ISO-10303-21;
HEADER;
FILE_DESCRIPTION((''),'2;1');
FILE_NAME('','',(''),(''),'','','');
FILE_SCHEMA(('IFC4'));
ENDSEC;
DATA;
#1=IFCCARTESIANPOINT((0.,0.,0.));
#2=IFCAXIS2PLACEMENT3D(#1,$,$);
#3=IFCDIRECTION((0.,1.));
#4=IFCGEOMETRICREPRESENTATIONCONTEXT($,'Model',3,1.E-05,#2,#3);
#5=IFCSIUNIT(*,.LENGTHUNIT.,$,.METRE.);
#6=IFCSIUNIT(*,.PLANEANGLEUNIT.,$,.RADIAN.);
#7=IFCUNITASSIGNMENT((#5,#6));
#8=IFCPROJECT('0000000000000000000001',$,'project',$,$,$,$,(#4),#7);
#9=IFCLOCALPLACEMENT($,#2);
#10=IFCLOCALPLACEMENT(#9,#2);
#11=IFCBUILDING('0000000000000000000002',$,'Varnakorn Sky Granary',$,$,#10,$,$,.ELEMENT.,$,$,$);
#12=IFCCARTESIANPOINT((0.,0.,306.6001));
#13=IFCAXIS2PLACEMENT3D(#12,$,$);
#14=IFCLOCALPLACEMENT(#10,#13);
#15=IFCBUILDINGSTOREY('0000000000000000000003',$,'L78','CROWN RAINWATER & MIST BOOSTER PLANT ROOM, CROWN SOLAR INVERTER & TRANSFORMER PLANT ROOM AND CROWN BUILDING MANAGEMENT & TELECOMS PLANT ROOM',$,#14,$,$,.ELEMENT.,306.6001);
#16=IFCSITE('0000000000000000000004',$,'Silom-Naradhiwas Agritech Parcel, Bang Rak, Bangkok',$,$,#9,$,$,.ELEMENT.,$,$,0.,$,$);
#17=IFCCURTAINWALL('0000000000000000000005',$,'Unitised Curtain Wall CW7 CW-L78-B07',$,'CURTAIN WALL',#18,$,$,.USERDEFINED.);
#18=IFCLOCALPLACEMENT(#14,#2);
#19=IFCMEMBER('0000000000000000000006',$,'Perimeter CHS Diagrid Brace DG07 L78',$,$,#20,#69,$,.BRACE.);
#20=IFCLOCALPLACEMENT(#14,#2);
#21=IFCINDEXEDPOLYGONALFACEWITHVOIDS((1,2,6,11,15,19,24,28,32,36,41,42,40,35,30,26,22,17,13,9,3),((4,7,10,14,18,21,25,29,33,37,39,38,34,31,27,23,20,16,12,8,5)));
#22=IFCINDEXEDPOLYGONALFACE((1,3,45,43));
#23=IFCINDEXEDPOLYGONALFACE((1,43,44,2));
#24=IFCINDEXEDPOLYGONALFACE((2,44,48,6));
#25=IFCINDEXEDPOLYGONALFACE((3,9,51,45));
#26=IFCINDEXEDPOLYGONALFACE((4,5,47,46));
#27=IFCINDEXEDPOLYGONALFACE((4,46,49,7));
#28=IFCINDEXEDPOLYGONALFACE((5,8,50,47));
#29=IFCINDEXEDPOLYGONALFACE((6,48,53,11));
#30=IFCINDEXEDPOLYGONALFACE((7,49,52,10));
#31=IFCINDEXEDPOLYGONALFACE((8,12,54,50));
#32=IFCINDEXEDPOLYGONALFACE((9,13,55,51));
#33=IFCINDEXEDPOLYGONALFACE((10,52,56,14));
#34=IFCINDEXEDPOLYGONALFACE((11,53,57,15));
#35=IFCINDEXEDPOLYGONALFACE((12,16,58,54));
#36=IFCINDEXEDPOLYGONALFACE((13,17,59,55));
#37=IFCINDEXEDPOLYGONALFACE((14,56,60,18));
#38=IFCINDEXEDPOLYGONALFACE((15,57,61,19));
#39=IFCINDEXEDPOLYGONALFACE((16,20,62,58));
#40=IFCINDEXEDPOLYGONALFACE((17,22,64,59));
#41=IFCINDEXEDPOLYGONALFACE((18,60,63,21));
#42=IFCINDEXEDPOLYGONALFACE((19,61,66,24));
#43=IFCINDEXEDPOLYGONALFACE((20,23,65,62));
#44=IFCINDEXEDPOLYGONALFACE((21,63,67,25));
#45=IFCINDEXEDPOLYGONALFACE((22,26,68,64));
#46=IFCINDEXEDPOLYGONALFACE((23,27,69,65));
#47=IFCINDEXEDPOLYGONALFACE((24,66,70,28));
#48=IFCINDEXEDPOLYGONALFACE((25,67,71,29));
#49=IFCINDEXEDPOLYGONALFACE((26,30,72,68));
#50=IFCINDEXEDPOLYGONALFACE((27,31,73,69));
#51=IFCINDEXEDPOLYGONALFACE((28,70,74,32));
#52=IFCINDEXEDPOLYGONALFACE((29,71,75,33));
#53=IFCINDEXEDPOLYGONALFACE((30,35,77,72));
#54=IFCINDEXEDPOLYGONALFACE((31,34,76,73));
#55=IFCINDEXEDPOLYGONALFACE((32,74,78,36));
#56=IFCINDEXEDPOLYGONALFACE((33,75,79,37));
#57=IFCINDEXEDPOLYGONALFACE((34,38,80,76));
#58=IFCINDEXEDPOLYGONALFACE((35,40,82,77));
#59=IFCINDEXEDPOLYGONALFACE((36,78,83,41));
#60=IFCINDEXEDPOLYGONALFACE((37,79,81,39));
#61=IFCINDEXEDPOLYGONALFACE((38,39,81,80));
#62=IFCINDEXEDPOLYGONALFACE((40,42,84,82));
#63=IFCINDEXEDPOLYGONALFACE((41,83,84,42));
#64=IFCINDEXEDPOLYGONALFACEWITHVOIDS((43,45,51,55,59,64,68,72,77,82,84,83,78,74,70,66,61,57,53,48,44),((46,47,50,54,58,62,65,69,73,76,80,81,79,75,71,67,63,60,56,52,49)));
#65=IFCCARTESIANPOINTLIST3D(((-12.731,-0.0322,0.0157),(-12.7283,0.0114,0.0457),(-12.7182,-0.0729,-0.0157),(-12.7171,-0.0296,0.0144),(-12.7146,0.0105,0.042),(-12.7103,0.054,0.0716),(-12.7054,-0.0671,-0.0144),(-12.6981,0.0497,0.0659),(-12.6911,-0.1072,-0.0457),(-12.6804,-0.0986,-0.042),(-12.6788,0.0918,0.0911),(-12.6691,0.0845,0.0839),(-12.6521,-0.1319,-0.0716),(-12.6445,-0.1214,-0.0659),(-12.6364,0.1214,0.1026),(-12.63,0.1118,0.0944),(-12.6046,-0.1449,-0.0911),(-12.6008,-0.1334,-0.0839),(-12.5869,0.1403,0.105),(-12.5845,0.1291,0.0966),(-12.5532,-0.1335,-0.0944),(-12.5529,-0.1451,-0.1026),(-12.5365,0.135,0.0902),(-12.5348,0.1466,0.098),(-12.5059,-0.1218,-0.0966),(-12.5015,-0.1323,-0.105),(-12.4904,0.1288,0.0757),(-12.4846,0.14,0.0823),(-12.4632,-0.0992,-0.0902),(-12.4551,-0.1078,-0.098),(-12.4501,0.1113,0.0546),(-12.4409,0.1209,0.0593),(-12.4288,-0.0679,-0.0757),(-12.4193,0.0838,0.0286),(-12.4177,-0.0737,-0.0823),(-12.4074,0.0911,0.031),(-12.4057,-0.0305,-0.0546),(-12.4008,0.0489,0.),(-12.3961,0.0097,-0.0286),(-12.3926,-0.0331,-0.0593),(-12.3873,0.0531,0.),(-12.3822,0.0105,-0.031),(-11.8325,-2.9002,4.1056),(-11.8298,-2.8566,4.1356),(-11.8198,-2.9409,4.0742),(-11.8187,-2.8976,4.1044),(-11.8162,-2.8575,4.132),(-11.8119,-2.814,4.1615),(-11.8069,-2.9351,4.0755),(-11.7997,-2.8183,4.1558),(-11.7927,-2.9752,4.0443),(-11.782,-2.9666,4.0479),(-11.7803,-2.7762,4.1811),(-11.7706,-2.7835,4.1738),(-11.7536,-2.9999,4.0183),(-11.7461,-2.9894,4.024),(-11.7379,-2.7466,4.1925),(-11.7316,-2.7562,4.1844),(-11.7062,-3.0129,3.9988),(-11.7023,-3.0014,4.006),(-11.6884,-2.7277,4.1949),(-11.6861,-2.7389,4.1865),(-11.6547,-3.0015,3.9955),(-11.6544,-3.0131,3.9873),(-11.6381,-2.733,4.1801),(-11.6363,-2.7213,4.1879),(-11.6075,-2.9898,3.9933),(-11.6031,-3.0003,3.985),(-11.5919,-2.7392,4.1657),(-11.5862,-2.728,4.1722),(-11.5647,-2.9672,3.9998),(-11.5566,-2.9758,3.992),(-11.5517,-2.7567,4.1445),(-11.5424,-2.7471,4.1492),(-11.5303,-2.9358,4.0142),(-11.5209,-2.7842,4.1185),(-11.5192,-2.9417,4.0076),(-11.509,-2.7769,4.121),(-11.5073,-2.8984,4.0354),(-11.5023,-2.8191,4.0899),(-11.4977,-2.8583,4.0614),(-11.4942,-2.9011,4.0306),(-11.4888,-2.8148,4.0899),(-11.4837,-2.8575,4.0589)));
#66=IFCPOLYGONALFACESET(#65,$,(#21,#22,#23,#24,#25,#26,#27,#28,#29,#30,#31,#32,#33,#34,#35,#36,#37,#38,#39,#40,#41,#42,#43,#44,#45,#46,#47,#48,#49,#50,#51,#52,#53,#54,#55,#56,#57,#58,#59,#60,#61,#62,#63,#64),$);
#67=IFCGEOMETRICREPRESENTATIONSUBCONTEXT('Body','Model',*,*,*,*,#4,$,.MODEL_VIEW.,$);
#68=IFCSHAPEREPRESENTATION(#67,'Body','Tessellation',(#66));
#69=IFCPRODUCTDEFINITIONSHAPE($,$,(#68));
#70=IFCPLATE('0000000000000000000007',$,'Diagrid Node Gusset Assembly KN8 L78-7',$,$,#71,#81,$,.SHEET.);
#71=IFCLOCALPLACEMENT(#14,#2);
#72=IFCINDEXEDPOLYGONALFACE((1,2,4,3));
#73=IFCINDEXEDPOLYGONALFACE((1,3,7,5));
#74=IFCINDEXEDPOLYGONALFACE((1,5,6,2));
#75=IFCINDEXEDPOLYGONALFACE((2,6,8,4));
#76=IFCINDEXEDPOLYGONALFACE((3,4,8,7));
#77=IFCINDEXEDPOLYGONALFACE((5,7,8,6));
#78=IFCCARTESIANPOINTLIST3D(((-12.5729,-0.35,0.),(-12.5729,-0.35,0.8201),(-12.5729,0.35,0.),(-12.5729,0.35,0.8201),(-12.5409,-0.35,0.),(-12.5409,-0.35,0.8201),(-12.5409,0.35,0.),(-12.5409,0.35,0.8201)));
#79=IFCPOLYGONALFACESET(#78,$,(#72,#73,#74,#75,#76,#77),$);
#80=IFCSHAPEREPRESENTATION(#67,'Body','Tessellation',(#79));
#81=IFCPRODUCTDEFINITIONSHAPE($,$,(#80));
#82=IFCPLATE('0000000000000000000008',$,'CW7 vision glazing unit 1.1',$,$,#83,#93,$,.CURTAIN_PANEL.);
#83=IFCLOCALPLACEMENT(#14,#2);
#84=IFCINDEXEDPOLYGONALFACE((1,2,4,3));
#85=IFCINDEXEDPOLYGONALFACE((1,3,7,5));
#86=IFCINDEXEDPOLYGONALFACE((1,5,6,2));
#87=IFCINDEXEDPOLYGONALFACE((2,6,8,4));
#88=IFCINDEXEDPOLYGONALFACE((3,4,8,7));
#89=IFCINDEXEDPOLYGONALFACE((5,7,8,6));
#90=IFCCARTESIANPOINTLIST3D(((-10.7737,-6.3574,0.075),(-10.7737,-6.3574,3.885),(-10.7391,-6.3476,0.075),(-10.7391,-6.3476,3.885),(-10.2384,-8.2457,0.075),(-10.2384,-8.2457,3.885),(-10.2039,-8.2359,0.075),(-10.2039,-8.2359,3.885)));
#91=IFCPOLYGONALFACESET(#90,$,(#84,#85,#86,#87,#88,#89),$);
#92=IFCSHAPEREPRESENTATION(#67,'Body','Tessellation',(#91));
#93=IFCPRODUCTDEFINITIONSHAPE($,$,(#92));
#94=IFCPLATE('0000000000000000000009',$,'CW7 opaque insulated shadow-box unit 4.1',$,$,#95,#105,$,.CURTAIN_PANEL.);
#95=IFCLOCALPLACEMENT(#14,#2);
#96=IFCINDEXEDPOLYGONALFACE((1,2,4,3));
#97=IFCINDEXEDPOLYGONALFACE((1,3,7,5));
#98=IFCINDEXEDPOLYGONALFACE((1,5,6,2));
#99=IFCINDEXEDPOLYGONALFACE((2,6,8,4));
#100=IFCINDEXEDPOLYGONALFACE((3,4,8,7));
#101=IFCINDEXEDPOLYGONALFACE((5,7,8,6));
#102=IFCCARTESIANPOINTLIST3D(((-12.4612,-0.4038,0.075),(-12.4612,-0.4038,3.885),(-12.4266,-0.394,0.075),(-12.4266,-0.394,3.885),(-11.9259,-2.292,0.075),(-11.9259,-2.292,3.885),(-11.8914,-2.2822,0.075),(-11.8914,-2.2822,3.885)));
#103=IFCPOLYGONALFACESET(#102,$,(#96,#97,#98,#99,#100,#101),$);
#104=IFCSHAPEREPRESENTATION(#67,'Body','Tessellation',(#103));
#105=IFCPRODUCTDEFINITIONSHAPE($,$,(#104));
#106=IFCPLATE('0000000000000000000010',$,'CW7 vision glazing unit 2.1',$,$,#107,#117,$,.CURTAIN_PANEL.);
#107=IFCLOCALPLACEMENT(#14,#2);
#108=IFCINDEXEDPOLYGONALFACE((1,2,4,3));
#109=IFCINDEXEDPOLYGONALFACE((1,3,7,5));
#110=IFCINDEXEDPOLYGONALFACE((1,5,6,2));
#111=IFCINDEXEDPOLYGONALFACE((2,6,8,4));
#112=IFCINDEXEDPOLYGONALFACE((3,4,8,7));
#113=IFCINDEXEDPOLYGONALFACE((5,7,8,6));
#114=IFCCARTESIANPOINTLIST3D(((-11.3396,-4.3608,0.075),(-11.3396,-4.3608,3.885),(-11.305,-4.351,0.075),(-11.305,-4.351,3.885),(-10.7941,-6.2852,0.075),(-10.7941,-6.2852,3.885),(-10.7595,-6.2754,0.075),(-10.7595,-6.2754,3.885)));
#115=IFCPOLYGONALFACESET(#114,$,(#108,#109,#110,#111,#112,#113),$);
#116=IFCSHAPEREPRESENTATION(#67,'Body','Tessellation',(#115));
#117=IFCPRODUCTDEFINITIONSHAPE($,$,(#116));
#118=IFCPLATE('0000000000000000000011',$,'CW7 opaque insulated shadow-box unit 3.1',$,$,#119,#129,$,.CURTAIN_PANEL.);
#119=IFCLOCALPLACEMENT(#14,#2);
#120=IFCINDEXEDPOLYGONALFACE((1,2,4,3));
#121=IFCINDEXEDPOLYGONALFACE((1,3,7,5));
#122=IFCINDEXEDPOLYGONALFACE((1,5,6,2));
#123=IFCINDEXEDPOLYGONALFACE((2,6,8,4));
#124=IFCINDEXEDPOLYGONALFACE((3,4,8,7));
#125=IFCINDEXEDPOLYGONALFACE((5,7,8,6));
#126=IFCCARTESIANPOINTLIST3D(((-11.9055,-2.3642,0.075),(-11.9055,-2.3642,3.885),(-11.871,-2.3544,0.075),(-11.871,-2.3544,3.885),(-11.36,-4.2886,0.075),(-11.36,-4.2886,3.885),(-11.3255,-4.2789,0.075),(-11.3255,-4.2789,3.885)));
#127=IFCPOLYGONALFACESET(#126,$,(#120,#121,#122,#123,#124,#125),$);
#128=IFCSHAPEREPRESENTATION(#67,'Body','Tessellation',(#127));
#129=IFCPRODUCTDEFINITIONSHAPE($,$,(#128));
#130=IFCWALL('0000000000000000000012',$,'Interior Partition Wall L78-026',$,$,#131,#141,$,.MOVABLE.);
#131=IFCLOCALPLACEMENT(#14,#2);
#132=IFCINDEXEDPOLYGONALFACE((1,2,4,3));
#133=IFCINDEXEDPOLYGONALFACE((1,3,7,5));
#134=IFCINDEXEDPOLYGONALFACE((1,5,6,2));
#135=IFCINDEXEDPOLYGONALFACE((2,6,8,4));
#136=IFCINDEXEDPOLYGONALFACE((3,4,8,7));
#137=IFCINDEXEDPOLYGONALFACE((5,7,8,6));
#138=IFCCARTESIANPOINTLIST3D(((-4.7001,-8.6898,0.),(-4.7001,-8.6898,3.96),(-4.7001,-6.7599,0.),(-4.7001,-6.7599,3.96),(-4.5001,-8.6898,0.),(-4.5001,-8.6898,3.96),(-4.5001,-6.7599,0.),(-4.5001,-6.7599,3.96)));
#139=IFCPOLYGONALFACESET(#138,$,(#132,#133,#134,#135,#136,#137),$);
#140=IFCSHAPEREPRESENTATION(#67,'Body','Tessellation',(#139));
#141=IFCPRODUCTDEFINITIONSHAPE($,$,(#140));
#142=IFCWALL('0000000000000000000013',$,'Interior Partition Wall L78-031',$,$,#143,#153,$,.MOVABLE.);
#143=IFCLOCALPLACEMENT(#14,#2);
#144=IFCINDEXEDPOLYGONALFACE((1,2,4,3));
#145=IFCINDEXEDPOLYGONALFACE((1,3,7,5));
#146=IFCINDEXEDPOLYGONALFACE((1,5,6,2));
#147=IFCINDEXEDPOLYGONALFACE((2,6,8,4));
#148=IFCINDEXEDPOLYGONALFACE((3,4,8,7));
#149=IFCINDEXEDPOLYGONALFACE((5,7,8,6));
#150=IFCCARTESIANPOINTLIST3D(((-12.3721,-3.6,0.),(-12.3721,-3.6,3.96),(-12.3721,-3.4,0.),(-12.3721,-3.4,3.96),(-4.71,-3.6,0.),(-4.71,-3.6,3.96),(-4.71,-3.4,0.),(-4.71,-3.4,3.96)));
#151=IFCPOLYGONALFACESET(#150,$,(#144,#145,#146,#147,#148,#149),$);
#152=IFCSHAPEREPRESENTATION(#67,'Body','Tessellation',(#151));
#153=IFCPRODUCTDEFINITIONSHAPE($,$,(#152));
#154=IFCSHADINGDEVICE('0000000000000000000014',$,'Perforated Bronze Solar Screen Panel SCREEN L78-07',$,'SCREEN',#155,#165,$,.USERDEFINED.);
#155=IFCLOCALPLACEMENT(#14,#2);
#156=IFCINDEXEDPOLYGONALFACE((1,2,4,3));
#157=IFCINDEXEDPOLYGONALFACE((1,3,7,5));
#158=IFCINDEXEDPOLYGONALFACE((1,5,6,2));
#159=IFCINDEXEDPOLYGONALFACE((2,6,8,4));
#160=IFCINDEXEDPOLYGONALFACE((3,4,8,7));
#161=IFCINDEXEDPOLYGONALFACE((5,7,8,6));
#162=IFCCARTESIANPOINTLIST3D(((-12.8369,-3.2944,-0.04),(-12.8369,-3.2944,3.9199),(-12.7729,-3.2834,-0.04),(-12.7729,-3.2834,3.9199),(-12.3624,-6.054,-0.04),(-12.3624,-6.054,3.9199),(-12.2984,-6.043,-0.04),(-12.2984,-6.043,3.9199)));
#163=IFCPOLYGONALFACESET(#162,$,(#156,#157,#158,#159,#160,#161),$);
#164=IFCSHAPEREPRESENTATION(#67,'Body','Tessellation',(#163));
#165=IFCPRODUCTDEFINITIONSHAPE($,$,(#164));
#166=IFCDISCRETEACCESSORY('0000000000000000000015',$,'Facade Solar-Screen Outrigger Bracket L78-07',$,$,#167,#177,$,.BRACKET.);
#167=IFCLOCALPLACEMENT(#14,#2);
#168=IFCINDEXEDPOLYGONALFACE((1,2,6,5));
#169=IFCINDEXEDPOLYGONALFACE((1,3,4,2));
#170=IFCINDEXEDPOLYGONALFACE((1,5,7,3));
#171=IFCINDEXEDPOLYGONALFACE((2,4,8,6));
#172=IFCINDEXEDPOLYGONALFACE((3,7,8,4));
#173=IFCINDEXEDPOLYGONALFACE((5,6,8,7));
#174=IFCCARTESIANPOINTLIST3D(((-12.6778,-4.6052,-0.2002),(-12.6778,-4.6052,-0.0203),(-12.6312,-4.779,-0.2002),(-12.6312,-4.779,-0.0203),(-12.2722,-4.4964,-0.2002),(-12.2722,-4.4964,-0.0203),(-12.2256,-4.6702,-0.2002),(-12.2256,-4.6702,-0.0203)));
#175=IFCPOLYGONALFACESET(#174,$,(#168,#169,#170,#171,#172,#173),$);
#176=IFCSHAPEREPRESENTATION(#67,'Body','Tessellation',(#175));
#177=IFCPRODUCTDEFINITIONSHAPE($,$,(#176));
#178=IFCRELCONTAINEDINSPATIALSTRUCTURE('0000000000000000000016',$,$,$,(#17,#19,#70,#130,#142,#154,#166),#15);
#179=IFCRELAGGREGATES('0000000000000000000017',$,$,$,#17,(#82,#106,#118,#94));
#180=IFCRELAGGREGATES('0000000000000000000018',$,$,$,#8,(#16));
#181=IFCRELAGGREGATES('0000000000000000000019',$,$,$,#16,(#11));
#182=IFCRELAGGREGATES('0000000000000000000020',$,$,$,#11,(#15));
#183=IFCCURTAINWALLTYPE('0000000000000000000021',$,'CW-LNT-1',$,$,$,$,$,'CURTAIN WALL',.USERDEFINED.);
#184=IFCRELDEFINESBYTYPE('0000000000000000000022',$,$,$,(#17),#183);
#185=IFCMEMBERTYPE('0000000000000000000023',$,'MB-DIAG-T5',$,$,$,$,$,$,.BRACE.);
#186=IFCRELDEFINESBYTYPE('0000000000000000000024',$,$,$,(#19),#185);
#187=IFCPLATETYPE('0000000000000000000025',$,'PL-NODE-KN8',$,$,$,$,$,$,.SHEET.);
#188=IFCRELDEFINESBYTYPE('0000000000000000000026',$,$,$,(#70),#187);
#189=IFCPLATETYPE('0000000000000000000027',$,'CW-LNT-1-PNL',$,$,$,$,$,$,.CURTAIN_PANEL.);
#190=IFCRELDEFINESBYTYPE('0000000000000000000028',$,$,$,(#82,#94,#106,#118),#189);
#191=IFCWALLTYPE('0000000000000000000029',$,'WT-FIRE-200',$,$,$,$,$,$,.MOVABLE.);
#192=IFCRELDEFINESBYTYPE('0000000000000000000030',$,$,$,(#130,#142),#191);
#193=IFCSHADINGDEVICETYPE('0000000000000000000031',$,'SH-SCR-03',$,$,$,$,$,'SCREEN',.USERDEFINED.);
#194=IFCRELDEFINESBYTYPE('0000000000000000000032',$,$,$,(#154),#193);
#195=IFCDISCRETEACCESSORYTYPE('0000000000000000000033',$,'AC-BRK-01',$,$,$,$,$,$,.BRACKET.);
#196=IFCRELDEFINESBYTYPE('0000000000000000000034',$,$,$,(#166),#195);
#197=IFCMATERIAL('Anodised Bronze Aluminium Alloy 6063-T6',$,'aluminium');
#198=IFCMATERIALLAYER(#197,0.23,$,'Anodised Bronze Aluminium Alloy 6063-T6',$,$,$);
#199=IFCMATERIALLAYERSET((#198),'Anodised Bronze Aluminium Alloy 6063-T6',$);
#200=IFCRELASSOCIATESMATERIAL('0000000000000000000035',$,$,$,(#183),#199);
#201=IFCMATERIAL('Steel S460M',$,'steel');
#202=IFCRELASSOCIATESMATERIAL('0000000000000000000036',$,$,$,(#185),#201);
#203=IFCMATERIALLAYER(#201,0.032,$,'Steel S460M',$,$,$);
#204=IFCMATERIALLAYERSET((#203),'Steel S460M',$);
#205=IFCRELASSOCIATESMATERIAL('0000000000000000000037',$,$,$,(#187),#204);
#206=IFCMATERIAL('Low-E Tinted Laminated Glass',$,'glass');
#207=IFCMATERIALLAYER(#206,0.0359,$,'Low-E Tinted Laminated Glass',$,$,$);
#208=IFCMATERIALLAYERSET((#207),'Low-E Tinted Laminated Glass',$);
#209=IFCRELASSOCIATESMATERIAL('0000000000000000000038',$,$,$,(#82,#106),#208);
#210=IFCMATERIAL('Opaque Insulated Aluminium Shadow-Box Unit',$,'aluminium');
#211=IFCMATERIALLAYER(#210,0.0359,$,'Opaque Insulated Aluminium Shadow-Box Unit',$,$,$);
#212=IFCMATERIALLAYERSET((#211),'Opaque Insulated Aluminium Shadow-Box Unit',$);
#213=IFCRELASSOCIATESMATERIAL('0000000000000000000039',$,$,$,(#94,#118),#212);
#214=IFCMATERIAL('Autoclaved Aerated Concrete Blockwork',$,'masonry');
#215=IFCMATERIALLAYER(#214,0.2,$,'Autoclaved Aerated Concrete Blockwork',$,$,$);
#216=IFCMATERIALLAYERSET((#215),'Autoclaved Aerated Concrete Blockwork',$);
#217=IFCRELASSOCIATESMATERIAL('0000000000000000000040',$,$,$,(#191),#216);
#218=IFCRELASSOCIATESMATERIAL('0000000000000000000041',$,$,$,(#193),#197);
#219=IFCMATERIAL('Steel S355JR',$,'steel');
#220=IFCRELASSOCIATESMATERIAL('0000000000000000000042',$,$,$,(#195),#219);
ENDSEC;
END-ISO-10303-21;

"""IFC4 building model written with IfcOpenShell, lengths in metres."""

from ifc_helpers import new_model, si_unit, direction, frame, frame_2d, origin, origin_2d, place, context, subcontext, project, spatial, rectangle, hollow_circle, extrude, source, transform, mapped, material, layer, layer_set, material_profile, profile_set, type_object, type_shapes, element, aggregate, save


model = new_model("IFC4")

# Units and contexts
model_context = context("Model", 3, precision=1e-05, world=origin(), true_north=direction((0.0, 1.0)))
body_context = subcontext(model_context, "Body", "Model", "MODEL_VIEW")
ifc_project = project(units=[si_unit("LENGTHUNIT", "METRE"), si_unit("PLANEANGLEUNIT", "RADIAN")], contexts=[model_context])

# Site, building, storey
site_placement = place(None, origin())
site = spatial("IfcSite", under=ifc_project, at=site_placement, Name="Silom-Naradhiwas Agritech Parcel, Bang Rak, Bangkok", CompositionType="ELEMENT", RefElevation=0.0)
building_placement = place(site_placement, origin())
building = spatial("IfcBuilding", under=site, at=building_placement, Name="Varnakorn Sky Granary", CompositionType="ELEMENT")
storey_placement = place(building_placement, frame((0.0, 0.0, 306.6001)))
storey = spatial("IfcBuildingStorey", under=building, at=storey_placement, Name="L78", Description="CROWN RAINWATER & MIST BOOSTER PLANT ROOM, CROWN SOLAR INVERTER & TRANSFORMER PLANT ROOM AND CROWN BUILDING MANAGEMENT & TELECOMS PLANT ROOM", CompositionType="ELEMENT", Elevation=306.6001)

# Shared definitions
ifc_material_1 = material(Name="Steel S460M", Category="steel")

# Shared definitions
ifc_material_2 = material(Name="Steel S355JR", Category="steel")

# Curtain wall
ifc_material_3 = material(Name="Anodised Bronze Aluminium Alloy 6063-T6", Category="aluminium")
ifc_layer_1 = layer(ifc_material_3, 0.23, Name="Anodised Bronze Aluminium Alloy 6063-T6")
ifc_layer_set_1 = layer_set([ifc_layer_1], Name="Anodised Bronze Aluminium Alloy 6063-T6")
curtain_wall_type = type_object("IfcCurtainWallType", Name="CW-LNT-1", ElementType="CURTAIN WALL", PredefinedType="USERDEFINED", material=ifc_layer_set_1)
curtain_wall_placement = place(storey_placement, origin())
curtain_wall = element("IfcCurtainWall", 1, at=curtain_wall_placement, inside=storey, type_object=curtain_wall_type, Name="Unitised Curtain Wall CW7 CW-L78-B07", ObjectType="CURTAIN WALL", PredefinedType="USERDEFINED")

# Member
ifc_material_profile_1 = material_profile(ifc_material_1, hollow_circle(Radius=0.1777, WallThickness=0.0142, at=origin_2d()), Name="CHS 355.6x14")
ifc_profile_set_1 = profile_set([ifc_material_profile_1], Name="Steel S460M")
member_type_1 = type_object("IfcMemberType", Name="MB-DIAG-T5", PredefinedType="BRACE", material=ifc_profile_set_1)
for number, where, z_axis, x_axis, name in (
    (2, (-12.5569, 0.0, 0.0), (0.177021, -0.565071, 0.805828), (0.95427, 0.298946, 0.0), "Perimeter CHS Diagrid Brace DG07 L78"),
):
    element("IfcMember", number, at=place(storey_placement, frame(where, z_axis=z_axis, x_axis=x_axis)), inside=storey, type_object=member_type_1, Name=name, PredefinedType="BRACE", context=body_context, shape_type="SweptSolid", body=[
        extrude(hollow_circle(Radius=0.1777, WallThickness=0.0142, at=origin_2d()), origin(), (0.0, 0.0, 1.0), 5.0754),
    ])

# Plates
ifc_layer_2 = layer(ifc_material_1, 0.032, Name="Steel S460M")
ifc_layer_set_2 = layer_set([ifc_layer_2], Name="Steel S460M")
plate_type_1 = type_object("IfcPlateType", Name="PL-NODE-KN8", PredefinedType="SHEET", material=ifc_layer_set_2)
plate_1_placement = place(storey_placement, frame((-12.5569, 0.0, 0.0), z_axis=(0.0, 0.0, 1.0), x_axis=(0.0, -1.0, 0.0)))
element("IfcPlate", 3, at=plate_1_placement, inside=storey, type_object=plate_type_1, Name="Diagrid Node Gusset Assembly KN8 L78-7", PredefinedType="SHEET", context=body_context, shape_type="SweptSolid", body=[
    extrude(rectangle(XDim=0.7, YDim=0.032, at=origin_2d()), origin(), (0.0, 0.0, 1.0), 0.8201),
])
ifc_material_4 = material(Name="Low-E Tinted Laminated Glass", Category="glass")
ifc_layer_3 = layer(ifc_material_4, 0.0359, Name="Low-E Tinted Laminated Glass")
ifc_layer_set_3 = layer_set([ifc_layer_3], Name="Low-E Tinted Laminated Glass")
plate_type_2 = type_object("IfcPlateType", Name="CW-LNT-1-PNL", PredefinedType="CURTAIN_PANEL")
shared_shape_1 = source(origin(), body_context, "Body", "SweptSolid", [
    extrude(rectangle(XDim=1.9626, YDim=0.0359, at=origin_2d()), origin(), (0.0, 0.0, 1.0), 3.8101),
])
plate_2_placement = place(storey_placement, frame((-10.4888, -7.2966, 0.075), z_axis=(0.0, 0.0, 1.0), x_axis=(-0.272716, 0.962095, 0.0)))
plate_2 = element("IfcPlate", 4, at=plate_2_placement, type_object=plate_type_2, material=ifc_layer_set_3, Name="CW7 vision glazing unit 1.1", PredefinedType="CURTAIN_PANEL", context=body_context, shape_type="MappedRepresentation", body=[
    mapped(shared_shape_1, transform((0.0, 0.0, 0.0), x_axis=(1.0, 0.0, 0.0), y_axis=(0.0, 1.0, 0.0), z_axis=(0.0, 0.0, 1.0), scale=1.0)),
])
ifc_material_5 = material(Name="Opaque Insulated Aluminium Shadow-Box Unit", Category="aluminium")
ifc_layer_4 = layer(ifc_material_5, 0.0359, Name="Opaque Insulated Aluminium Shadow-Box Unit")
ifc_layer_set_4 = layer_set([ifc_layer_4], Name="Opaque Insulated Aluminium Shadow-Box Unit")
plate_3_placement = place(storey_placement, frame((-12.1763, -1.343, 0.075), z_axis=(0.0, 0.0, 1.0), x_axis=(-0.272716, 0.962095, 0.0)))
plate_3 = element("IfcPlate", 5, at=plate_3_placement, type_object=plate_type_2, material=ifc_layer_set_4, Name="CW7 opaque insulated shadow-box unit 4.1", PredefinedType="CURTAIN_PANEL", context=body_context, shape_type="MappedRepresentation", body=[
    mapped(shared_shape_1, transform((0.0, 0.0, 0.0), x_axis=(1.0, 0.0, 0.0), y_axis=(0.0, 1.0, 0.0), z_axis=(0.0, 0.0, 1.0), scale=1.0)),
])
shared_shape_2 = source(origin(), body_context, "Body", "SweptSolid", [
    extrude(rectangle(XDim=2.0002, YDim=0.0359, at=origin_2d()), origin(), (0.0, 0.0, 1.0), 3.8101),
])
type_shapes(plate_type_2, [shared_shape_1, shared_shape_2])
plate_4_placement = place(storey_placement, frame((-11.0496, -5.3181, 0.075), z_axis=(0.0, 0.0, 1.0), x_axis=(-0.272716, 0.962095, 0.0)))
plate_4 = element("IfcPlate", 6, at=plate_4_placement, type_object=plate_type_2, material=ifc_layer_set_3, Name="CW7 vision glazing unit 2.1", PredefinedType="CURTAIN_PANEL", context=body_context, shape_type="MappedRepresentation", body=[
    mapped(shared_shape_2, transform((0.0, 0.0, 0.0), x_axis=(1.0, 0.0, 0.0), y_axis=(0.0, 1.0, 0.0), z_axis=(0.0, 0.0, 1.0), scale=1.0)),
])
plate_5_placement = place(storey_placement, frame((-11.6155, -3.3215, 0.075), z_axis=(0.0, 0.0, 1.0), x_axis=(-0.272716, 0.962095, 0.0)))
plate_5 = element("IfcPlate", 7, at=plate_5_placement, type_object=plate_type_2, material=ifc_layer_set_4, Name="CW7 opaque insulated shadow-box unit 3.1", PredefinedType="CURTAIN_PANEL", context=body_context, shape_type="MappedRepresentation", body=[
    mapped(shared_shape_2, transform((0.0, 0.0, 0.0), x_axis=(1.0, 0.0, 0.0), y_axis=(0.0, 1.0, 0.0), z_axis=(0.0, 0.0, 1.0), scale=1.0)),
])
aggregate(curtain_wall, [plate_2, plate_4, plate_5, plate_3])

# Walls
ifc_material_6 = material(Name="Autoclaved Aerated Concrete Blockwork", Category="masonry")
ifc_layer_5 = layer(ifc_material_6, 0.2, Name="Autoclaved Aerated Concrete Blockwork")
ifc_layer_set_5 = layer_set([ifc_layer_5], Name="Autoclaved Aerated Concrete Blockwork")
wall_type = type_object("IfcWallType", Name="WT-FIRE-200", PredefinedType="MOVABLE", material=ifc_layer_set_5)
wall_1_placement = place(storey_placement, frame((-4.6001, -6.76, 0.0), z_axis=(0.0, 0.0, 1.0), x_axis=(0.0, -1.0, 0.0)))
element("IfcWall", 8, at=wall_1_placement, inside=storey, type_object=wall_type, Name="Interior Partition Wall L78-026", PredefinedType="MOVABLE", context=body_context, shape_type="SweptSolid", body=[
    extrude(rectangle(XDim=1.9299, YDim=0.2, at=frame_2d((0.9648, 0.0))), origin(), (0.0, 0.0, 1.0), 3.96),
])
wall_2_placement = place(storey_placement, frame((-4.71, -3.5, 0.0), z_axis=(0.0, 0.0, 1.0), x_axis=(-1.0, 0.0, 0.0)))
element("IfcWall", 9, at=wall_2_placement, inside=storey, type_object=wall_type, Name="Interior Partition Wall L78-031", PredefinedType="MOVABLE", context=body_context, shape_type="SweptSolid", body=[
    extrude(rectangle(XDim=7.6621, YDim=0.2, at=frame_2d((3.8311, 0.0))), origin(), (0.0, 0.0, 1.0), 3.96),
])

# Shading device
shading_device_type = type_object("IfcShadingDeviceType", Name="SH-SCR-03", ElementType="SCREEN", PredefinedType="USERDEFINED", material=ifc_material_3)
shared_shape_3 = source(origin(), body_context, "Body", "SweptSolid", [
    extrude(rectangle(XDim=2.8, YDim=0.0649, at=origin_2d()), origin(), (0.0, 0.0, 1.0), 3.96),
])
type_shapes(shading_device_type, [shared_shape_3])
shading_device_placement = place(storey_placement, frame((-12.5676, -4.6687, -0.04), z_axis=(0.0, 0.0, 1.0), x_axis=(0.169445, -0.98554, 0.0)))
element("IfcShadingDevice", 10, at=shading_device_placement, inside=storey, type_object=shading_device_type, Name="Perforated Bronze Solar Screen Panel SCREEN L78-07", ObjectType="SCREEN", PredefinedType="USERDEFINED", context=body_context, shape_type="MappedRepresentation", body=[
    mapped(shared_shape_3, transform((0.0, 0.0, 0.0), x_axis=(1.0, 0.0, 0.0), y_axis=(0.0, 1.0, 0.0), z_axis=(0.0, 0.0, 1.0), scale=1.0)),
])

# Discrete accessory
discrete_accessory_type = type_object("IfcDiscreteAccessoryType", Name="AC-BRK-01", PredefinedType="BRACKET", material=ifc_material_2)
shared_shape_4 = source(origin(), body_context, "Body", "SweptSolid", [
    extrude(rectangle(XDim=0.1799, YDim=0.4199, at=origin_2d()), origin(), (0.0, 0.0, 1.0), 0.1799),
])
type_shapes(discrete_accessory_type, [shared_shape_4])
discrete_accessory_placement = place(storey_placement, frame((-12.4517, -4.6377, -0.2002), z_axis=(0.0, 0.0, 1.0), x_axis=(0.258912, -0.965901, 0.0)))
element("IfcDiscreteAccessory", 11, at=discrete_accessory_placement, inside=storey, type_object=discrete_accessory_type, Name="Facade Solar-Screen Outrigger Bracket L78-07", PredefinedType="BRACKET", context=body_context, shape_type="MappedRepresentation", body=[
    mapped(shared_shape_4, transform((0.0, 0.0, 0.0), x_axis=(1.0, 0.0, 0.0), y_axis=(0.0, 1.0, 0.0), z_axis=(0.0, 0.0, 1.0), scale=1.0)),
])

save(model, "model.ifc")
